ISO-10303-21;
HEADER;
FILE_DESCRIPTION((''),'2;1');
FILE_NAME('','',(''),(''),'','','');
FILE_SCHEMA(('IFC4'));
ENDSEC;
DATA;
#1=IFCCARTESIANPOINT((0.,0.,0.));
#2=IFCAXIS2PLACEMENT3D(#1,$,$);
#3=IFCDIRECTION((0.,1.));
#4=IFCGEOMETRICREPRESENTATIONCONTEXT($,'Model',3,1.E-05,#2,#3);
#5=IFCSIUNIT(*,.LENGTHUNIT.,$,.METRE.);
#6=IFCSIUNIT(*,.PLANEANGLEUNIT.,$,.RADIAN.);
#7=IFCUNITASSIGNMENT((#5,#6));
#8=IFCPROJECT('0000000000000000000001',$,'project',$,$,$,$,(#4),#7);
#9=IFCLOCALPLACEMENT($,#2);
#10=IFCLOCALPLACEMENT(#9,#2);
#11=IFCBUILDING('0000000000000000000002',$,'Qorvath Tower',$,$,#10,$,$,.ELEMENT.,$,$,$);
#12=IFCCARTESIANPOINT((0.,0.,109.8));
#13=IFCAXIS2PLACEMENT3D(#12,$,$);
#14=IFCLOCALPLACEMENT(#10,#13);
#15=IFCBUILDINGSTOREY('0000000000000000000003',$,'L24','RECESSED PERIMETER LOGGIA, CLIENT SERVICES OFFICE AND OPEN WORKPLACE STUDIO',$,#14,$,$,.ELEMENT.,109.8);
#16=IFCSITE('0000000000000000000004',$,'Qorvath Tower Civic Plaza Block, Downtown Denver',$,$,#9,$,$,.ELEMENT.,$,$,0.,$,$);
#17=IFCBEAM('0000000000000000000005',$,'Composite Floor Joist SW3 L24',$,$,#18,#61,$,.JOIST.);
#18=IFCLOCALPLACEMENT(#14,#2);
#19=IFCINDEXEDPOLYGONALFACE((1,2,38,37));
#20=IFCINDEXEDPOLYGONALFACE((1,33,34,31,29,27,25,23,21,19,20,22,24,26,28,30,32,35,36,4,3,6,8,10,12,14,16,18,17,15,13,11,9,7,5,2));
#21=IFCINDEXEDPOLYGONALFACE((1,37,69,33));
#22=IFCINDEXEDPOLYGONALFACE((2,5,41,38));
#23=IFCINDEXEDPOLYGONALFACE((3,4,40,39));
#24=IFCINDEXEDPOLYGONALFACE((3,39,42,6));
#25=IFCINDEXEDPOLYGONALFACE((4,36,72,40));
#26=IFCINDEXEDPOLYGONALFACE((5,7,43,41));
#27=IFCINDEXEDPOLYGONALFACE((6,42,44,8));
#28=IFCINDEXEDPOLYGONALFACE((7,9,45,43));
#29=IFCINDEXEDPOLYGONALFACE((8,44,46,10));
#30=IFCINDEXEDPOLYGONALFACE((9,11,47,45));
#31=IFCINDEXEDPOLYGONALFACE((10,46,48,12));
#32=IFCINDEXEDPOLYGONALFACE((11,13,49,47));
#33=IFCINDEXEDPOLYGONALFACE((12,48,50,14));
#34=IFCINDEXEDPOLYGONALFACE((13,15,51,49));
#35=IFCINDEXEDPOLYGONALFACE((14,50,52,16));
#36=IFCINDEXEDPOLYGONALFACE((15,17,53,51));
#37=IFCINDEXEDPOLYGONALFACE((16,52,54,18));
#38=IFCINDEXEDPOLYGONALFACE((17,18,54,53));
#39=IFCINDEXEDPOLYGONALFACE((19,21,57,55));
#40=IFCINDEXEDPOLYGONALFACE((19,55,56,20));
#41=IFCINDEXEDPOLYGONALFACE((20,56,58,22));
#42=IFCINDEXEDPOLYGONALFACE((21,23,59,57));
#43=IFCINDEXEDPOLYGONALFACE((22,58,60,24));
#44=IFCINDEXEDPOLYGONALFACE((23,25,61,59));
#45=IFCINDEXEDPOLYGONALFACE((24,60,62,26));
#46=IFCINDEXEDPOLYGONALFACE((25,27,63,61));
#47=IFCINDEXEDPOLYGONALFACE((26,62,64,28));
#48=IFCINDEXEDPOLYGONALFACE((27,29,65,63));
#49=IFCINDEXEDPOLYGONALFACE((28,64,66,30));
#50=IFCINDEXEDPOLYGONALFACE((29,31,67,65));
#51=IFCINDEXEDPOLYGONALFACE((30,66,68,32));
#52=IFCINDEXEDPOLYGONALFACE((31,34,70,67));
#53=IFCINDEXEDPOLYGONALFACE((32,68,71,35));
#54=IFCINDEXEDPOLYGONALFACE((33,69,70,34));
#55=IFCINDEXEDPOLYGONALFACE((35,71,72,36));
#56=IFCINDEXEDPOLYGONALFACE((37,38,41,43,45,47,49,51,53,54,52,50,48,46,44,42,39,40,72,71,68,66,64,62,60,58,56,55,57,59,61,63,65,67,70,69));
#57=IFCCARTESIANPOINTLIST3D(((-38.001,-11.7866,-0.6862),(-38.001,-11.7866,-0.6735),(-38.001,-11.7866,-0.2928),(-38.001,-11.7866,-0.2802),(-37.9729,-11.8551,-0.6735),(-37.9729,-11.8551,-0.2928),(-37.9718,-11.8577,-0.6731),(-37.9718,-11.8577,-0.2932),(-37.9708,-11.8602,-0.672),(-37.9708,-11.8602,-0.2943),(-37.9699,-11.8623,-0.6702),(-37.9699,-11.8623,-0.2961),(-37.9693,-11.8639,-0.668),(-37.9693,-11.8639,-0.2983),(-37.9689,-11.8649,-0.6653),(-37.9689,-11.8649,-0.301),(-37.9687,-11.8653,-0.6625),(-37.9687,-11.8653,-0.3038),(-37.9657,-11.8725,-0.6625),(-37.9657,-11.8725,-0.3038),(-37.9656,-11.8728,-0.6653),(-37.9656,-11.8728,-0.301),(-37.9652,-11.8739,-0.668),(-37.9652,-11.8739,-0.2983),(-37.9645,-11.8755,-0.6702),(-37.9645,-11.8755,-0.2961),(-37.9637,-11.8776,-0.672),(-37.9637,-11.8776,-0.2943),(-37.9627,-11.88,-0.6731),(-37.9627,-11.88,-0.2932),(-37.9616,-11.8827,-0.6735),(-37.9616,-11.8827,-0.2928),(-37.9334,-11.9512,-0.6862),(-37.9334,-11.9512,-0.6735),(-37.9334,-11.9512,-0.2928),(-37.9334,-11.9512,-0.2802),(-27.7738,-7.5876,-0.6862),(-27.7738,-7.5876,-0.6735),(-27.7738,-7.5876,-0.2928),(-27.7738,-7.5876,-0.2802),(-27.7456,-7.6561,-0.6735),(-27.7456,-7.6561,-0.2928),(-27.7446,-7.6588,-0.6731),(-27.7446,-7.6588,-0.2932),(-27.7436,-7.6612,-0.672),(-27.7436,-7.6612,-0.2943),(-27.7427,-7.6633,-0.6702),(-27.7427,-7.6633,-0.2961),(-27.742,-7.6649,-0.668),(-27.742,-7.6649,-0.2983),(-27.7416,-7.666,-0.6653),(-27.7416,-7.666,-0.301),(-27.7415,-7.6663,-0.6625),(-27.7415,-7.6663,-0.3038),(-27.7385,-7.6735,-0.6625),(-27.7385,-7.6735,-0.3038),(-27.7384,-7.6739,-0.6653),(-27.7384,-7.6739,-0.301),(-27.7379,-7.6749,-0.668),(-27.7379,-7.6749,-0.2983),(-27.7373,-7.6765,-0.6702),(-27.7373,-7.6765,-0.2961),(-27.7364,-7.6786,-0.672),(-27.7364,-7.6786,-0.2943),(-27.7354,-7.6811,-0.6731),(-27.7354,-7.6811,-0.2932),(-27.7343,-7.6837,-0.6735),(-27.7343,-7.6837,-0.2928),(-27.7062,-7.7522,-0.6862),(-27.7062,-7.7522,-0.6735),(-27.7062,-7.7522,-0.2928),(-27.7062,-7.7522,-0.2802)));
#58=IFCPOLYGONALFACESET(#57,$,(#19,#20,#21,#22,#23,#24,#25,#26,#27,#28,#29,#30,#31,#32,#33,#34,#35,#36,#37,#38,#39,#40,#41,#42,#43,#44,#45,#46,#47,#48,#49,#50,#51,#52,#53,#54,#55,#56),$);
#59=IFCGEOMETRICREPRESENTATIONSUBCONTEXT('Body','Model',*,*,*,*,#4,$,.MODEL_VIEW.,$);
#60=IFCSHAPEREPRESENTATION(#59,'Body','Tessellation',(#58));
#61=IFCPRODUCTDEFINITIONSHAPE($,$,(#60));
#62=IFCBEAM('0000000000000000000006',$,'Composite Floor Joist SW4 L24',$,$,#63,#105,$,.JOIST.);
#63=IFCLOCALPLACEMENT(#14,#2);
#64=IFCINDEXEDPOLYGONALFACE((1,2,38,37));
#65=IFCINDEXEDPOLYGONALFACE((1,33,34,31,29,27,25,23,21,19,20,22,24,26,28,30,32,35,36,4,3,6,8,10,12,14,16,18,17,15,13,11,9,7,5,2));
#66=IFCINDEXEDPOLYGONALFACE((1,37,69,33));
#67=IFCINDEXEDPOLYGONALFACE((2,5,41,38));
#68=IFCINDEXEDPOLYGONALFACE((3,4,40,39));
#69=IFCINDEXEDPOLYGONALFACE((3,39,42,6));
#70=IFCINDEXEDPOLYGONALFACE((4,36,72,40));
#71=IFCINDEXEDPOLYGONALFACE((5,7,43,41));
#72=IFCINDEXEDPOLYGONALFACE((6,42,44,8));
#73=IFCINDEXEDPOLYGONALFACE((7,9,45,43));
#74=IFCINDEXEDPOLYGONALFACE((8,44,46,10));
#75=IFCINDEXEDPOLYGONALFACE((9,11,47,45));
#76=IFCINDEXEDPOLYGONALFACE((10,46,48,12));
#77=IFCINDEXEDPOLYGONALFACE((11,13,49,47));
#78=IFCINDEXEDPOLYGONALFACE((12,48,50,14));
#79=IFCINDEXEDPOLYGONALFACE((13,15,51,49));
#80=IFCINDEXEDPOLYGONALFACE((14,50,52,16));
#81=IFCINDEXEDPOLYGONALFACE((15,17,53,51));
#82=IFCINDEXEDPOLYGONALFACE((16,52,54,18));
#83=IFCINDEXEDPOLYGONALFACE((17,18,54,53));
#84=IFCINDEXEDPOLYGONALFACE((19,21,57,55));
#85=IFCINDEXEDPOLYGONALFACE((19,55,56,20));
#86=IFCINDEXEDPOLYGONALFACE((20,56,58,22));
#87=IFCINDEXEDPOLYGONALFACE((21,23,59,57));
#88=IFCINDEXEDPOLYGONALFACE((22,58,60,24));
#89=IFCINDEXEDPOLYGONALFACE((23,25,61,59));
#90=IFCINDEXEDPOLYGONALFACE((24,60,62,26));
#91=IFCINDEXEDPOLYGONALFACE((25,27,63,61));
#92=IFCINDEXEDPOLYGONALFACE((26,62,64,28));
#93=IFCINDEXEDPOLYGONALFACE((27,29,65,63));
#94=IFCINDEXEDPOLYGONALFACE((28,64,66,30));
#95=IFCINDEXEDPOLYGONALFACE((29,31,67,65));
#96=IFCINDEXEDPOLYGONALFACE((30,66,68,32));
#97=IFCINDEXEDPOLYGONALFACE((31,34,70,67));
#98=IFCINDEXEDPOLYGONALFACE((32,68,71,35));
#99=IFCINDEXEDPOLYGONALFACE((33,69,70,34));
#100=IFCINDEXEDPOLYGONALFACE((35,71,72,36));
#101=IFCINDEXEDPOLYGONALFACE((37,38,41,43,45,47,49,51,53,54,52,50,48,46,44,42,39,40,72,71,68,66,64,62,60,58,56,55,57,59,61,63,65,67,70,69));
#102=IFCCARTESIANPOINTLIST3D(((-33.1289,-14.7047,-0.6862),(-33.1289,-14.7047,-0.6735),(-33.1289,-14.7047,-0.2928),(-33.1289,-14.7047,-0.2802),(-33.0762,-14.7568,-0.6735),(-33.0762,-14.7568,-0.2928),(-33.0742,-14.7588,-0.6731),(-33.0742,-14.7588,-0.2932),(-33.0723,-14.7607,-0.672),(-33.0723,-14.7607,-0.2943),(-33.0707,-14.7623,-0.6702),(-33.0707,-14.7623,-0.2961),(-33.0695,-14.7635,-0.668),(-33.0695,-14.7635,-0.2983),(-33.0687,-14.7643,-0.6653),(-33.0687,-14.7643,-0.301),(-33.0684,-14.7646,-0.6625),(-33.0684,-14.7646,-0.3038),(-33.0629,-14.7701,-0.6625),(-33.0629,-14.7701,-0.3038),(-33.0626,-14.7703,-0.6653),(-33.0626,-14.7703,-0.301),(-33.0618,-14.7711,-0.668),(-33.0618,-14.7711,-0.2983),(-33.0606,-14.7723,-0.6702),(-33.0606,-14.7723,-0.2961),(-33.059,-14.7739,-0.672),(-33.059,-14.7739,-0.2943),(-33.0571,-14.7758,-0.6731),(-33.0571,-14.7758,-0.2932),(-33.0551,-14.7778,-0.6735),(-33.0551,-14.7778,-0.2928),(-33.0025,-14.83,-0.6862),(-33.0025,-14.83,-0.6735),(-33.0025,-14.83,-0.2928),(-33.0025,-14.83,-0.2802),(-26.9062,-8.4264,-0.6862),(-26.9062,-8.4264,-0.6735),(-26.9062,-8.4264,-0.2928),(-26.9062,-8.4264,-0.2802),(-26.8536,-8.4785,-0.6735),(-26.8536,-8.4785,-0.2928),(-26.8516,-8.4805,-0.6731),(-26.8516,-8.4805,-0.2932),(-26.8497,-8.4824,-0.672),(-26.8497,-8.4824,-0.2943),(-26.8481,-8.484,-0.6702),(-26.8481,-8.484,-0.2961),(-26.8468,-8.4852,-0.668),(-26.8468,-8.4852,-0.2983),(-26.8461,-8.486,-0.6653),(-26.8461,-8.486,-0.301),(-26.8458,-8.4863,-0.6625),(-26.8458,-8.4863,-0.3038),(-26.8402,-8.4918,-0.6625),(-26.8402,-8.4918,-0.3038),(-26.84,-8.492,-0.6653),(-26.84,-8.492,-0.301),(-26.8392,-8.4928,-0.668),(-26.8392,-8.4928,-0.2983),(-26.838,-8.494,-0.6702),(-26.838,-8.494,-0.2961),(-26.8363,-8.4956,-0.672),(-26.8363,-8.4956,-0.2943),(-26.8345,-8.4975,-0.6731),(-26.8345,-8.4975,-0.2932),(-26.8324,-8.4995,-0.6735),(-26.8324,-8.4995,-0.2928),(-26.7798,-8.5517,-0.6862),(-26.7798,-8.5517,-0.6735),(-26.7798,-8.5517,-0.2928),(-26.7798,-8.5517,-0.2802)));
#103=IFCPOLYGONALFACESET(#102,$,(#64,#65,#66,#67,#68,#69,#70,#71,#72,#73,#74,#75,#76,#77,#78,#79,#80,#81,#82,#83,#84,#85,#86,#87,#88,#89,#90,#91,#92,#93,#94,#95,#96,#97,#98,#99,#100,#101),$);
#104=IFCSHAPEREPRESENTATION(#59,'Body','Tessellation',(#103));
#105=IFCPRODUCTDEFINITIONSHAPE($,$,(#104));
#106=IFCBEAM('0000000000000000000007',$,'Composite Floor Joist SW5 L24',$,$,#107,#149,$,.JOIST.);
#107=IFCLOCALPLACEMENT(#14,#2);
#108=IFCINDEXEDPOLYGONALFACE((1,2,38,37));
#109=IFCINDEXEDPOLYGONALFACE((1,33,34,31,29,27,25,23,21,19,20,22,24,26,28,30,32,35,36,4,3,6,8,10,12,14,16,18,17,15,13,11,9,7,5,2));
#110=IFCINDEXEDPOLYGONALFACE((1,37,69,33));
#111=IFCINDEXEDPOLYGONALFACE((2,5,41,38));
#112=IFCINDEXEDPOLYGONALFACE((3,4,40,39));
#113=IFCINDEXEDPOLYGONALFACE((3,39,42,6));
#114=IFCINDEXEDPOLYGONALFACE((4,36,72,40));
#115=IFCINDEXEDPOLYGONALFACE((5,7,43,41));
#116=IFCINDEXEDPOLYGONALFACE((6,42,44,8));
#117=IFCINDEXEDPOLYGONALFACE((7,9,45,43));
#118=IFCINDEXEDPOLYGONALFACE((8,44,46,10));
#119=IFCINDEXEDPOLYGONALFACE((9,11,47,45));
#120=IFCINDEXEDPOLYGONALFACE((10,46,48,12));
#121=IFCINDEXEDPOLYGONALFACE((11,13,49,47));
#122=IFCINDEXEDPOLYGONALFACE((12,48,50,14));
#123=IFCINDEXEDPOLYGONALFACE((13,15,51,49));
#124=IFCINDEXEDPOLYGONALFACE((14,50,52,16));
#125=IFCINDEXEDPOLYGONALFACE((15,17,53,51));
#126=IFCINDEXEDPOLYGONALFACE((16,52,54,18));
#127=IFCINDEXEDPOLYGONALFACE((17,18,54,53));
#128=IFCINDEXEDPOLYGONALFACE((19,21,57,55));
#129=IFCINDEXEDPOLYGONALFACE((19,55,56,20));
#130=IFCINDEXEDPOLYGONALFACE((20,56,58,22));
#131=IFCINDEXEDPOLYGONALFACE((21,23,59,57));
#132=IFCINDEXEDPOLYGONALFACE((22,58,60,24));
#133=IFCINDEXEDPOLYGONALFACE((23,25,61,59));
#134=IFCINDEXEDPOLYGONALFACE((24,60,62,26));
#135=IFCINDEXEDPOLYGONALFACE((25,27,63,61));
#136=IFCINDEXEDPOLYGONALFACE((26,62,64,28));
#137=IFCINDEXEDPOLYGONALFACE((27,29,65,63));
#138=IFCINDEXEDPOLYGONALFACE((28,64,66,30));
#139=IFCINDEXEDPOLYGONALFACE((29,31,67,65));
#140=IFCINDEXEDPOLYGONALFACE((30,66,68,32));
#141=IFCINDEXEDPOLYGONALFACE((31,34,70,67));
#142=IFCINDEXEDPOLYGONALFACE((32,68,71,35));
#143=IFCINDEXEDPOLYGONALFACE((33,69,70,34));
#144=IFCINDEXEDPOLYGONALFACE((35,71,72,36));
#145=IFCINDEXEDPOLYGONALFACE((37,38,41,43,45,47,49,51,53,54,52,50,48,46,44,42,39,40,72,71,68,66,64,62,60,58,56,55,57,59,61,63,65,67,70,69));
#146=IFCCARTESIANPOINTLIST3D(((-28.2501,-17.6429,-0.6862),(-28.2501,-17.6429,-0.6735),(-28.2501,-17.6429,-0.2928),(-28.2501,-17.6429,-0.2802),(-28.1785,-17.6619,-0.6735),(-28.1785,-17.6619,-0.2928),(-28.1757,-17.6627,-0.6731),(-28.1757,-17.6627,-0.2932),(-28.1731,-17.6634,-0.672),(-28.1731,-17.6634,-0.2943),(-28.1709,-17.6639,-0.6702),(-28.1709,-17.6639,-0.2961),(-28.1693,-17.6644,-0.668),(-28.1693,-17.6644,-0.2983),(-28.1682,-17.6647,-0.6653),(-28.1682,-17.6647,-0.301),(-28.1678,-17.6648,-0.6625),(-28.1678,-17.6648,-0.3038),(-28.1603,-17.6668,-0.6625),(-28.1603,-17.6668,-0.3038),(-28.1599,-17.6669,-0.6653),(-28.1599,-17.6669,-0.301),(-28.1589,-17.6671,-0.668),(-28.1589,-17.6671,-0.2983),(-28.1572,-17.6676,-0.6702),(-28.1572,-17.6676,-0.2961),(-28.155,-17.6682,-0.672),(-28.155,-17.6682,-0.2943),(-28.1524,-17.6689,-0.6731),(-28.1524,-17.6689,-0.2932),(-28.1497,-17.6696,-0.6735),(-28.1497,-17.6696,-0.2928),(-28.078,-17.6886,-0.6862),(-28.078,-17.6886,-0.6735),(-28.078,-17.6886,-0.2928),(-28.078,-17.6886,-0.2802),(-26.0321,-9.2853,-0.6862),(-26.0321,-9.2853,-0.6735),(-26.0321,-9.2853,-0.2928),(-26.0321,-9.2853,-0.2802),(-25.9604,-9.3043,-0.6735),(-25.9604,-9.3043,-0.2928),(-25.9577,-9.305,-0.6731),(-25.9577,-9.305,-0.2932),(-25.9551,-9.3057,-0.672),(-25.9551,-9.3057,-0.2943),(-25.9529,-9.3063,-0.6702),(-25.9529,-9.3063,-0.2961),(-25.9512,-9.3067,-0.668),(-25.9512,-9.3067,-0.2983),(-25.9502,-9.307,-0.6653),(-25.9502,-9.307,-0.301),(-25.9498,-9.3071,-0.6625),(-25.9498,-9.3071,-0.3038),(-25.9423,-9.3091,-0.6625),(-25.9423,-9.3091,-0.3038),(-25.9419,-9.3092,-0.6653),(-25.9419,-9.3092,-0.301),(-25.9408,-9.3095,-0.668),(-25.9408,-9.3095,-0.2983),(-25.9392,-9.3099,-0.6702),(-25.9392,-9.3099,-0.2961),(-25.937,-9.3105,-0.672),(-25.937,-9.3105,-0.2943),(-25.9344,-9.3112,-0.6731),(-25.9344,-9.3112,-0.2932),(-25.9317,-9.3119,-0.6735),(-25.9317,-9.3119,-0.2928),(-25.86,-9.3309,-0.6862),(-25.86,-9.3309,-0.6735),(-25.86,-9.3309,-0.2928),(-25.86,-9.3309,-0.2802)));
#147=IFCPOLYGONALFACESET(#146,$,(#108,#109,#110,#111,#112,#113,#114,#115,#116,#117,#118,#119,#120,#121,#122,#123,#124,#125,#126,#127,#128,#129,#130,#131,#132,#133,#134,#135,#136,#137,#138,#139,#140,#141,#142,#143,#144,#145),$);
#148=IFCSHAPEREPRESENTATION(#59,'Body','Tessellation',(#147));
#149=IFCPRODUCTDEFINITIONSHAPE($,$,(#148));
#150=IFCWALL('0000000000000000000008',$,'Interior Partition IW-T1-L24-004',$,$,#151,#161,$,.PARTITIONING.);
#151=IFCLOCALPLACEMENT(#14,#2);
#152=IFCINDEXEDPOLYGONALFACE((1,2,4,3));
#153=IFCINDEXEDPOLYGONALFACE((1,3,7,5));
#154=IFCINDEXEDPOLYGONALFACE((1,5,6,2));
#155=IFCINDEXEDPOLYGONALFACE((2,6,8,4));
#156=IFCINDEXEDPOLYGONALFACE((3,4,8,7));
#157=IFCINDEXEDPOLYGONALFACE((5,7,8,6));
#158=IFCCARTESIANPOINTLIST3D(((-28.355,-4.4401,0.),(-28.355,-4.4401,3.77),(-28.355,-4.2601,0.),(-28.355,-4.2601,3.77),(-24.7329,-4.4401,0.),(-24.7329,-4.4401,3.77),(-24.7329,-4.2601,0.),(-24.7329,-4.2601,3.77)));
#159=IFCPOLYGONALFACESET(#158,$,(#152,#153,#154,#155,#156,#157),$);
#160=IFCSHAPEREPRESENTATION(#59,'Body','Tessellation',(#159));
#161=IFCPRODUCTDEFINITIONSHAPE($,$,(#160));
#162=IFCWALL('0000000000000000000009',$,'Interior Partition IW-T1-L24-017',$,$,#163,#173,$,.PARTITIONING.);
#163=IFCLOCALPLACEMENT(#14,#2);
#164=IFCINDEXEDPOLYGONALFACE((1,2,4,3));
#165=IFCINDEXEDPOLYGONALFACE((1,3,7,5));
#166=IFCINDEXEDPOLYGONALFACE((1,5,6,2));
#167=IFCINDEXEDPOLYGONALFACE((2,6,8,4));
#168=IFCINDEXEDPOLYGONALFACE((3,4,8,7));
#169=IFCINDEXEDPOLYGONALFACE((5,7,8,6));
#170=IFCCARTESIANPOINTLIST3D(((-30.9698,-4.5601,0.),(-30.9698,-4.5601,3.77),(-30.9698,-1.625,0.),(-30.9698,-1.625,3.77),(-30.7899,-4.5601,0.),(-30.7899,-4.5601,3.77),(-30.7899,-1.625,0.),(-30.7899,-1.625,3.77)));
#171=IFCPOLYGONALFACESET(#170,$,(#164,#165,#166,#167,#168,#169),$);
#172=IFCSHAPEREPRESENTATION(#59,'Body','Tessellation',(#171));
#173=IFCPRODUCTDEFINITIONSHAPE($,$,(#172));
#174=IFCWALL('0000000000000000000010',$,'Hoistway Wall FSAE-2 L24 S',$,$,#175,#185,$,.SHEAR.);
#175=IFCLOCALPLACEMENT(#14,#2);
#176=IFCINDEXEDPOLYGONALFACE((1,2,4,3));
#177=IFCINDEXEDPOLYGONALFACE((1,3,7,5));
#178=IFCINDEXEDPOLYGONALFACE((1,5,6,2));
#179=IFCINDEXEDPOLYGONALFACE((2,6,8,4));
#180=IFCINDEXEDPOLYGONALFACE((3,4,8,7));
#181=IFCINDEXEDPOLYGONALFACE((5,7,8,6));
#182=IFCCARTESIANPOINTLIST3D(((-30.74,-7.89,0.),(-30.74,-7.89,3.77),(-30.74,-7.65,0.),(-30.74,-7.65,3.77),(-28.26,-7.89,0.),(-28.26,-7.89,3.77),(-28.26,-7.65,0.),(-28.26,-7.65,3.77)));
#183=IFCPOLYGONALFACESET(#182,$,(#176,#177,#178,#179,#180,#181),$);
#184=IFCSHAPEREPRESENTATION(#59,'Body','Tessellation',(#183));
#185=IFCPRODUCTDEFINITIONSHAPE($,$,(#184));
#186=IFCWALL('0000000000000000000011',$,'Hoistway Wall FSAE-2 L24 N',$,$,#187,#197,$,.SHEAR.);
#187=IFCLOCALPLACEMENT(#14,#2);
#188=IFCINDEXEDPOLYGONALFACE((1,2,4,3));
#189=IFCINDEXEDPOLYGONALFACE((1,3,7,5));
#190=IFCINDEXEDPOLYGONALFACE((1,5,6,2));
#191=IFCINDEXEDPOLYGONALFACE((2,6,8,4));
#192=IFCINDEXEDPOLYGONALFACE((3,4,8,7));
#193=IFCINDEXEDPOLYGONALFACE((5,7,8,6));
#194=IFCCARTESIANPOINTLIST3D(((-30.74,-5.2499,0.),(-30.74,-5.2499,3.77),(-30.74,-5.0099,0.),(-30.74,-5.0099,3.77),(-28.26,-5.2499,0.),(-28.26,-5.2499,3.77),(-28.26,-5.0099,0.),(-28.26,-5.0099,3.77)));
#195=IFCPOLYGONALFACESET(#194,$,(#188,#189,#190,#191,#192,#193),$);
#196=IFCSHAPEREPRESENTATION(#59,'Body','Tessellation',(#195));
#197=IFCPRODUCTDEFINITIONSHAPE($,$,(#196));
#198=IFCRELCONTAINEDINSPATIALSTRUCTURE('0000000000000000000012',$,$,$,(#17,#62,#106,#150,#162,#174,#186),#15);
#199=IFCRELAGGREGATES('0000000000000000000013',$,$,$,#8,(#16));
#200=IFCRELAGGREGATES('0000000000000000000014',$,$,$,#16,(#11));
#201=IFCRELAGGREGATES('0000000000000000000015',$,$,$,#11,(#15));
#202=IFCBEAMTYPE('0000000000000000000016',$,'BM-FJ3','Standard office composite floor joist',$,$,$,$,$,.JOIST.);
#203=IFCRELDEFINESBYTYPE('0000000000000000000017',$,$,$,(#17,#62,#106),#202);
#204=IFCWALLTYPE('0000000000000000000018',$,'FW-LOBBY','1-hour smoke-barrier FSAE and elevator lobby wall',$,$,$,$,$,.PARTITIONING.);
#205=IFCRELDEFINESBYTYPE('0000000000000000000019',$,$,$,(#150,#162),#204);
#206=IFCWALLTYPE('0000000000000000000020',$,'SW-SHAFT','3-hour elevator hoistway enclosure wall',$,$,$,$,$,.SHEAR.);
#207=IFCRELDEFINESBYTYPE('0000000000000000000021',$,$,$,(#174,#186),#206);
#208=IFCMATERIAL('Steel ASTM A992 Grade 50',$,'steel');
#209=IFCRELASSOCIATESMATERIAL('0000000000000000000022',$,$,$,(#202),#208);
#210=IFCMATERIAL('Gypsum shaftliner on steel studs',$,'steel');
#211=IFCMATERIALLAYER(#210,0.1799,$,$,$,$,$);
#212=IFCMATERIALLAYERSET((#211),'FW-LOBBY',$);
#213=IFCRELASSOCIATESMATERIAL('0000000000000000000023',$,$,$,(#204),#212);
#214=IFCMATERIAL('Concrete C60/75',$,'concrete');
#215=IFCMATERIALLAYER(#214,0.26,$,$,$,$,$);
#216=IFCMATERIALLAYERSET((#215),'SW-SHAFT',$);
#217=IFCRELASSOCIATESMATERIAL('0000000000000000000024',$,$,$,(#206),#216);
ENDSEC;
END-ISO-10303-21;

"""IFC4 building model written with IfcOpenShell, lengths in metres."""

from ifc_helpers import new_model, si_unit, direction, frame, frame_2d, origin, origin_2d, place, context, subcontext, project, spatial, rectangle, i_section, extrude, material, layer, layer_set, material_profile, profile_set, type_object, element, save


model = new_model("IFC4")

# Units and contexts
model_context = context("Model", 3, precision=1e-05, world=origin(), true_north=direction((0.0, 1.0)))
body_context = subcontext(model_context, "Body", "Model", "MODEL_VIEW")
ifc_project = project(units=[si_unit("LENGTHUNIT", "METRE"), si_unit("PLANEANGLEUNIT", "RADIAN")], contexts=[model_context])

# Site, building, storey
site_placement = place(None, origin())
site = spatial("IfcSite", under=ifc_project, at=site_placement, Name="Qorvath Tower Civic Plaza Block, Downtown Denver", CompositionType="ELEMENT", RefElevation=0.0)
building_placement = place(site_placement, origin())
building = spatial("IfcBuilding", under=site, at=building_placement, Name="Qorvath Tower", CompositionType="ELEMENT")
storey_placement = place(building_placement, frame((0.0, 0.0, 109.8)))
storey = spatial("IfcBuildingStorey", under=building, at=storey_placement, Name="L24", Description="RECESSED PERIMETER LOGGIA, CLIENT SERVICES OFFICE AND OPEN WORKPLACE STUDIO", CompositionType="ELEMENT", Elevation=109.8)

# Beams
ifc_material_1 = material(Name="Steel ASTM A992 Grade 50", Category="steel")
ifc_material_profile_1 = material_profile(ifc_material_1, i_section(OverallWidth=0.178, OverallDepth=0.406, WebThickness=0.0078, FlangeThickness=0.0127, FilletRadius=0.011, at=origin_2d()), Name="W16x40")
ifc_profile_set_1 = profile_set([ifc_material_profile_1], Name="Steel ASTM A992 Grade 50")
beam_type_1 = type_object("IfcBeamType", Name="BM-FJ3", Description="Standard office composite floor joist", PredefinedType="JOIST", material=ifc_profile_set_1)
beam_1_placement = place(storey_placement, frame((-27.74, -7.6699, -0.4832), z_axis=(-0.925068, -0.379801, 0.0), x_axis=(0.379801, -0.925068, 0.0)))
element("IfcBeam", 1, at=beam_1_placement, inside=storey, type_object=beam_type_1, Name="Composite Floor Joist SW3 L24", PredefinedType="JOIST", context=body_context, shape_type="SweptSolid", body=[
    extrude(i_section(OverallWidth=0.178, OverallDepth=0.406, WebThickness=0.0078, FlangeThickness=0.0127, FilletRadius=0.011, at=origin_2d()), origin(), (0.0, 0.0, 1.0), 11.0557),
])
beam_2_placement = place(storey_placement, frame((-26.843, -8.489, -0.4832), z_axis=(-0.703951, -0.710248, 0.0), x_axis=(0.710248, -0.703951, 0.0)))
element("IfcBeam", 2, at=beam_2_placement, inside=storey, type_object=beam_type_1, Name="Composite Floor Joist SW4 L24", PredefinedType="JOIST", context=body_context, shape_type="SweptSolid", body=[
    extrude(i_section(OverallWidth=0.178, OverallDepth=0.406, WebThickness=0.0078, FlangeThickness=0.0127, FilletRadius=0.011, at=origin_2d()), origin(), (0.0, 0.0, 1.0), 8.8396),
])
beam_3_placement = place(storey_placement, frame((-25.946, -9.3081, -0.4832), z_axis=(-0.256508, -0.966542, 0.0), x_axis=(0.966542, -0.256508, 0.0)))
element("IfcBeam", 3, at=beam_3_placement, inside=storey, type_object=beam_type_1, Name="Composite Floor Joist SW5 L24", PredefinedType="JOIST", context=body_context, shape_type="SweptSolid", body=[
    extrude(i_section(OverallWidth=0.178, OverallDepth=0.406, WebThickness=0.0078, FlangeThickness=0.0127, FilletRadius=0.011, at=origin_2d()), origin(), (0.0, 0.0, 1.0), 8.647),
])

# Shared definitions
ifc_material_2 = material(Name="Gypsum shaftliner on steel studs", Category="steel")
ifc_layer_1 = layer(ifc_material_2, 0.1799)
ifc_layer_set_1 = layer_set([ifc_layer_1], Name="FW-LOBBY")
wall_type_1 = type_object("IfcWallType", Name="FW-LOBBY", Description="1-hour smoke-barrier FSAE and elevator lobby wall", PredefinedType="PARTITIONING", material=ifc_layer_set_1)

# Walls
wall_1_placement = place(storey_placement, frame((-24.7329, -4.3501, 0.0), z_axis=(0.0, 0.0, 1.0), x_axis=(-1.0, 0.0, 0.0)))
element("IfcWall", 4, at=wall_1_placement, inside=storey, type_object=wall_type_1, Name="Interior Partition IW-T1-L24-004", PredefinedType="PARTITIONING", context=body_context, shape_type="SweptSolid", body=[
    extrude(rectangle(XDim=3.6221, YDim=0.1799, at=frame_2d((1.811, 0.0))), origin(), (0.0, 0.0, 1.0), 3.77),
])
wall_2_placement = place(storey_placement, frame((-30.8799, -4.5601, 0.0), z_axis=(0.0, 0.0, 1.0), x_axis=(0.0, 1.0, 0.0)))
element("IfcWall", 5, at=wall_2_placement, inside=storey, type_object=wall_type_1, Name="Interior Partition IW-T1-L24-017", PredefinedType="PARTITIONING", context=body_context, shape_type="SweptSolid", body=[
    extrude(rectangle(XDim=2.9351, YDim=0.1799, at=frame_2d((1.4675, 0.0))), origin(), (0.0, 0.0, 1.0), 3.77),
])
ifc_material_3 = material(Name="Concrete C60/75", Category="concrete")
ifc_layer_2 = layer(ifc_material_3, 0.26)
ifc_layer_set_2 = layer_set([ifc_layer_2], Name="SW-SHAFT")
wall_type_2 = type_object("IfcWallType", Name="SW-SHAFT", Description="3-hour elevator hoistway enclosure wall", PredefinedType="SHEAR", material=ifc_layer_set_2)
for number, where, z_axis, x_axis, name in (
    (6, (-28.26, -7.77, 0.0), (0.0, 0.0, 1.0), (-1.0, 0.0, 0.0), "Hoistway Wall FSAE-2 L24 S"),
    (7, (-30.74, -5.1299, 0.0), (0.0, 0.0, 1.0), (1.0, 0.0, 0.0), "Hoistway Wall FSAE-2 L24 N"),
):
    element("IfcWall", number, at=place(storey_placement, frame(where, z_axis=z_axis, x_axis=x_axis)), inside=storey, type_object=wall_type_2, Name=name, PredefinedType="SHEAR", context=body_context, shape_type="SweptSolid", body=[
        extrude(rectangle(XDim=2.48, YDim=0.24, at=frame_2d((1.24, 0.0))), origin(), (0.0, 0.0, 1.0), 3.77),
    ])

save(model, "model.ifc")
